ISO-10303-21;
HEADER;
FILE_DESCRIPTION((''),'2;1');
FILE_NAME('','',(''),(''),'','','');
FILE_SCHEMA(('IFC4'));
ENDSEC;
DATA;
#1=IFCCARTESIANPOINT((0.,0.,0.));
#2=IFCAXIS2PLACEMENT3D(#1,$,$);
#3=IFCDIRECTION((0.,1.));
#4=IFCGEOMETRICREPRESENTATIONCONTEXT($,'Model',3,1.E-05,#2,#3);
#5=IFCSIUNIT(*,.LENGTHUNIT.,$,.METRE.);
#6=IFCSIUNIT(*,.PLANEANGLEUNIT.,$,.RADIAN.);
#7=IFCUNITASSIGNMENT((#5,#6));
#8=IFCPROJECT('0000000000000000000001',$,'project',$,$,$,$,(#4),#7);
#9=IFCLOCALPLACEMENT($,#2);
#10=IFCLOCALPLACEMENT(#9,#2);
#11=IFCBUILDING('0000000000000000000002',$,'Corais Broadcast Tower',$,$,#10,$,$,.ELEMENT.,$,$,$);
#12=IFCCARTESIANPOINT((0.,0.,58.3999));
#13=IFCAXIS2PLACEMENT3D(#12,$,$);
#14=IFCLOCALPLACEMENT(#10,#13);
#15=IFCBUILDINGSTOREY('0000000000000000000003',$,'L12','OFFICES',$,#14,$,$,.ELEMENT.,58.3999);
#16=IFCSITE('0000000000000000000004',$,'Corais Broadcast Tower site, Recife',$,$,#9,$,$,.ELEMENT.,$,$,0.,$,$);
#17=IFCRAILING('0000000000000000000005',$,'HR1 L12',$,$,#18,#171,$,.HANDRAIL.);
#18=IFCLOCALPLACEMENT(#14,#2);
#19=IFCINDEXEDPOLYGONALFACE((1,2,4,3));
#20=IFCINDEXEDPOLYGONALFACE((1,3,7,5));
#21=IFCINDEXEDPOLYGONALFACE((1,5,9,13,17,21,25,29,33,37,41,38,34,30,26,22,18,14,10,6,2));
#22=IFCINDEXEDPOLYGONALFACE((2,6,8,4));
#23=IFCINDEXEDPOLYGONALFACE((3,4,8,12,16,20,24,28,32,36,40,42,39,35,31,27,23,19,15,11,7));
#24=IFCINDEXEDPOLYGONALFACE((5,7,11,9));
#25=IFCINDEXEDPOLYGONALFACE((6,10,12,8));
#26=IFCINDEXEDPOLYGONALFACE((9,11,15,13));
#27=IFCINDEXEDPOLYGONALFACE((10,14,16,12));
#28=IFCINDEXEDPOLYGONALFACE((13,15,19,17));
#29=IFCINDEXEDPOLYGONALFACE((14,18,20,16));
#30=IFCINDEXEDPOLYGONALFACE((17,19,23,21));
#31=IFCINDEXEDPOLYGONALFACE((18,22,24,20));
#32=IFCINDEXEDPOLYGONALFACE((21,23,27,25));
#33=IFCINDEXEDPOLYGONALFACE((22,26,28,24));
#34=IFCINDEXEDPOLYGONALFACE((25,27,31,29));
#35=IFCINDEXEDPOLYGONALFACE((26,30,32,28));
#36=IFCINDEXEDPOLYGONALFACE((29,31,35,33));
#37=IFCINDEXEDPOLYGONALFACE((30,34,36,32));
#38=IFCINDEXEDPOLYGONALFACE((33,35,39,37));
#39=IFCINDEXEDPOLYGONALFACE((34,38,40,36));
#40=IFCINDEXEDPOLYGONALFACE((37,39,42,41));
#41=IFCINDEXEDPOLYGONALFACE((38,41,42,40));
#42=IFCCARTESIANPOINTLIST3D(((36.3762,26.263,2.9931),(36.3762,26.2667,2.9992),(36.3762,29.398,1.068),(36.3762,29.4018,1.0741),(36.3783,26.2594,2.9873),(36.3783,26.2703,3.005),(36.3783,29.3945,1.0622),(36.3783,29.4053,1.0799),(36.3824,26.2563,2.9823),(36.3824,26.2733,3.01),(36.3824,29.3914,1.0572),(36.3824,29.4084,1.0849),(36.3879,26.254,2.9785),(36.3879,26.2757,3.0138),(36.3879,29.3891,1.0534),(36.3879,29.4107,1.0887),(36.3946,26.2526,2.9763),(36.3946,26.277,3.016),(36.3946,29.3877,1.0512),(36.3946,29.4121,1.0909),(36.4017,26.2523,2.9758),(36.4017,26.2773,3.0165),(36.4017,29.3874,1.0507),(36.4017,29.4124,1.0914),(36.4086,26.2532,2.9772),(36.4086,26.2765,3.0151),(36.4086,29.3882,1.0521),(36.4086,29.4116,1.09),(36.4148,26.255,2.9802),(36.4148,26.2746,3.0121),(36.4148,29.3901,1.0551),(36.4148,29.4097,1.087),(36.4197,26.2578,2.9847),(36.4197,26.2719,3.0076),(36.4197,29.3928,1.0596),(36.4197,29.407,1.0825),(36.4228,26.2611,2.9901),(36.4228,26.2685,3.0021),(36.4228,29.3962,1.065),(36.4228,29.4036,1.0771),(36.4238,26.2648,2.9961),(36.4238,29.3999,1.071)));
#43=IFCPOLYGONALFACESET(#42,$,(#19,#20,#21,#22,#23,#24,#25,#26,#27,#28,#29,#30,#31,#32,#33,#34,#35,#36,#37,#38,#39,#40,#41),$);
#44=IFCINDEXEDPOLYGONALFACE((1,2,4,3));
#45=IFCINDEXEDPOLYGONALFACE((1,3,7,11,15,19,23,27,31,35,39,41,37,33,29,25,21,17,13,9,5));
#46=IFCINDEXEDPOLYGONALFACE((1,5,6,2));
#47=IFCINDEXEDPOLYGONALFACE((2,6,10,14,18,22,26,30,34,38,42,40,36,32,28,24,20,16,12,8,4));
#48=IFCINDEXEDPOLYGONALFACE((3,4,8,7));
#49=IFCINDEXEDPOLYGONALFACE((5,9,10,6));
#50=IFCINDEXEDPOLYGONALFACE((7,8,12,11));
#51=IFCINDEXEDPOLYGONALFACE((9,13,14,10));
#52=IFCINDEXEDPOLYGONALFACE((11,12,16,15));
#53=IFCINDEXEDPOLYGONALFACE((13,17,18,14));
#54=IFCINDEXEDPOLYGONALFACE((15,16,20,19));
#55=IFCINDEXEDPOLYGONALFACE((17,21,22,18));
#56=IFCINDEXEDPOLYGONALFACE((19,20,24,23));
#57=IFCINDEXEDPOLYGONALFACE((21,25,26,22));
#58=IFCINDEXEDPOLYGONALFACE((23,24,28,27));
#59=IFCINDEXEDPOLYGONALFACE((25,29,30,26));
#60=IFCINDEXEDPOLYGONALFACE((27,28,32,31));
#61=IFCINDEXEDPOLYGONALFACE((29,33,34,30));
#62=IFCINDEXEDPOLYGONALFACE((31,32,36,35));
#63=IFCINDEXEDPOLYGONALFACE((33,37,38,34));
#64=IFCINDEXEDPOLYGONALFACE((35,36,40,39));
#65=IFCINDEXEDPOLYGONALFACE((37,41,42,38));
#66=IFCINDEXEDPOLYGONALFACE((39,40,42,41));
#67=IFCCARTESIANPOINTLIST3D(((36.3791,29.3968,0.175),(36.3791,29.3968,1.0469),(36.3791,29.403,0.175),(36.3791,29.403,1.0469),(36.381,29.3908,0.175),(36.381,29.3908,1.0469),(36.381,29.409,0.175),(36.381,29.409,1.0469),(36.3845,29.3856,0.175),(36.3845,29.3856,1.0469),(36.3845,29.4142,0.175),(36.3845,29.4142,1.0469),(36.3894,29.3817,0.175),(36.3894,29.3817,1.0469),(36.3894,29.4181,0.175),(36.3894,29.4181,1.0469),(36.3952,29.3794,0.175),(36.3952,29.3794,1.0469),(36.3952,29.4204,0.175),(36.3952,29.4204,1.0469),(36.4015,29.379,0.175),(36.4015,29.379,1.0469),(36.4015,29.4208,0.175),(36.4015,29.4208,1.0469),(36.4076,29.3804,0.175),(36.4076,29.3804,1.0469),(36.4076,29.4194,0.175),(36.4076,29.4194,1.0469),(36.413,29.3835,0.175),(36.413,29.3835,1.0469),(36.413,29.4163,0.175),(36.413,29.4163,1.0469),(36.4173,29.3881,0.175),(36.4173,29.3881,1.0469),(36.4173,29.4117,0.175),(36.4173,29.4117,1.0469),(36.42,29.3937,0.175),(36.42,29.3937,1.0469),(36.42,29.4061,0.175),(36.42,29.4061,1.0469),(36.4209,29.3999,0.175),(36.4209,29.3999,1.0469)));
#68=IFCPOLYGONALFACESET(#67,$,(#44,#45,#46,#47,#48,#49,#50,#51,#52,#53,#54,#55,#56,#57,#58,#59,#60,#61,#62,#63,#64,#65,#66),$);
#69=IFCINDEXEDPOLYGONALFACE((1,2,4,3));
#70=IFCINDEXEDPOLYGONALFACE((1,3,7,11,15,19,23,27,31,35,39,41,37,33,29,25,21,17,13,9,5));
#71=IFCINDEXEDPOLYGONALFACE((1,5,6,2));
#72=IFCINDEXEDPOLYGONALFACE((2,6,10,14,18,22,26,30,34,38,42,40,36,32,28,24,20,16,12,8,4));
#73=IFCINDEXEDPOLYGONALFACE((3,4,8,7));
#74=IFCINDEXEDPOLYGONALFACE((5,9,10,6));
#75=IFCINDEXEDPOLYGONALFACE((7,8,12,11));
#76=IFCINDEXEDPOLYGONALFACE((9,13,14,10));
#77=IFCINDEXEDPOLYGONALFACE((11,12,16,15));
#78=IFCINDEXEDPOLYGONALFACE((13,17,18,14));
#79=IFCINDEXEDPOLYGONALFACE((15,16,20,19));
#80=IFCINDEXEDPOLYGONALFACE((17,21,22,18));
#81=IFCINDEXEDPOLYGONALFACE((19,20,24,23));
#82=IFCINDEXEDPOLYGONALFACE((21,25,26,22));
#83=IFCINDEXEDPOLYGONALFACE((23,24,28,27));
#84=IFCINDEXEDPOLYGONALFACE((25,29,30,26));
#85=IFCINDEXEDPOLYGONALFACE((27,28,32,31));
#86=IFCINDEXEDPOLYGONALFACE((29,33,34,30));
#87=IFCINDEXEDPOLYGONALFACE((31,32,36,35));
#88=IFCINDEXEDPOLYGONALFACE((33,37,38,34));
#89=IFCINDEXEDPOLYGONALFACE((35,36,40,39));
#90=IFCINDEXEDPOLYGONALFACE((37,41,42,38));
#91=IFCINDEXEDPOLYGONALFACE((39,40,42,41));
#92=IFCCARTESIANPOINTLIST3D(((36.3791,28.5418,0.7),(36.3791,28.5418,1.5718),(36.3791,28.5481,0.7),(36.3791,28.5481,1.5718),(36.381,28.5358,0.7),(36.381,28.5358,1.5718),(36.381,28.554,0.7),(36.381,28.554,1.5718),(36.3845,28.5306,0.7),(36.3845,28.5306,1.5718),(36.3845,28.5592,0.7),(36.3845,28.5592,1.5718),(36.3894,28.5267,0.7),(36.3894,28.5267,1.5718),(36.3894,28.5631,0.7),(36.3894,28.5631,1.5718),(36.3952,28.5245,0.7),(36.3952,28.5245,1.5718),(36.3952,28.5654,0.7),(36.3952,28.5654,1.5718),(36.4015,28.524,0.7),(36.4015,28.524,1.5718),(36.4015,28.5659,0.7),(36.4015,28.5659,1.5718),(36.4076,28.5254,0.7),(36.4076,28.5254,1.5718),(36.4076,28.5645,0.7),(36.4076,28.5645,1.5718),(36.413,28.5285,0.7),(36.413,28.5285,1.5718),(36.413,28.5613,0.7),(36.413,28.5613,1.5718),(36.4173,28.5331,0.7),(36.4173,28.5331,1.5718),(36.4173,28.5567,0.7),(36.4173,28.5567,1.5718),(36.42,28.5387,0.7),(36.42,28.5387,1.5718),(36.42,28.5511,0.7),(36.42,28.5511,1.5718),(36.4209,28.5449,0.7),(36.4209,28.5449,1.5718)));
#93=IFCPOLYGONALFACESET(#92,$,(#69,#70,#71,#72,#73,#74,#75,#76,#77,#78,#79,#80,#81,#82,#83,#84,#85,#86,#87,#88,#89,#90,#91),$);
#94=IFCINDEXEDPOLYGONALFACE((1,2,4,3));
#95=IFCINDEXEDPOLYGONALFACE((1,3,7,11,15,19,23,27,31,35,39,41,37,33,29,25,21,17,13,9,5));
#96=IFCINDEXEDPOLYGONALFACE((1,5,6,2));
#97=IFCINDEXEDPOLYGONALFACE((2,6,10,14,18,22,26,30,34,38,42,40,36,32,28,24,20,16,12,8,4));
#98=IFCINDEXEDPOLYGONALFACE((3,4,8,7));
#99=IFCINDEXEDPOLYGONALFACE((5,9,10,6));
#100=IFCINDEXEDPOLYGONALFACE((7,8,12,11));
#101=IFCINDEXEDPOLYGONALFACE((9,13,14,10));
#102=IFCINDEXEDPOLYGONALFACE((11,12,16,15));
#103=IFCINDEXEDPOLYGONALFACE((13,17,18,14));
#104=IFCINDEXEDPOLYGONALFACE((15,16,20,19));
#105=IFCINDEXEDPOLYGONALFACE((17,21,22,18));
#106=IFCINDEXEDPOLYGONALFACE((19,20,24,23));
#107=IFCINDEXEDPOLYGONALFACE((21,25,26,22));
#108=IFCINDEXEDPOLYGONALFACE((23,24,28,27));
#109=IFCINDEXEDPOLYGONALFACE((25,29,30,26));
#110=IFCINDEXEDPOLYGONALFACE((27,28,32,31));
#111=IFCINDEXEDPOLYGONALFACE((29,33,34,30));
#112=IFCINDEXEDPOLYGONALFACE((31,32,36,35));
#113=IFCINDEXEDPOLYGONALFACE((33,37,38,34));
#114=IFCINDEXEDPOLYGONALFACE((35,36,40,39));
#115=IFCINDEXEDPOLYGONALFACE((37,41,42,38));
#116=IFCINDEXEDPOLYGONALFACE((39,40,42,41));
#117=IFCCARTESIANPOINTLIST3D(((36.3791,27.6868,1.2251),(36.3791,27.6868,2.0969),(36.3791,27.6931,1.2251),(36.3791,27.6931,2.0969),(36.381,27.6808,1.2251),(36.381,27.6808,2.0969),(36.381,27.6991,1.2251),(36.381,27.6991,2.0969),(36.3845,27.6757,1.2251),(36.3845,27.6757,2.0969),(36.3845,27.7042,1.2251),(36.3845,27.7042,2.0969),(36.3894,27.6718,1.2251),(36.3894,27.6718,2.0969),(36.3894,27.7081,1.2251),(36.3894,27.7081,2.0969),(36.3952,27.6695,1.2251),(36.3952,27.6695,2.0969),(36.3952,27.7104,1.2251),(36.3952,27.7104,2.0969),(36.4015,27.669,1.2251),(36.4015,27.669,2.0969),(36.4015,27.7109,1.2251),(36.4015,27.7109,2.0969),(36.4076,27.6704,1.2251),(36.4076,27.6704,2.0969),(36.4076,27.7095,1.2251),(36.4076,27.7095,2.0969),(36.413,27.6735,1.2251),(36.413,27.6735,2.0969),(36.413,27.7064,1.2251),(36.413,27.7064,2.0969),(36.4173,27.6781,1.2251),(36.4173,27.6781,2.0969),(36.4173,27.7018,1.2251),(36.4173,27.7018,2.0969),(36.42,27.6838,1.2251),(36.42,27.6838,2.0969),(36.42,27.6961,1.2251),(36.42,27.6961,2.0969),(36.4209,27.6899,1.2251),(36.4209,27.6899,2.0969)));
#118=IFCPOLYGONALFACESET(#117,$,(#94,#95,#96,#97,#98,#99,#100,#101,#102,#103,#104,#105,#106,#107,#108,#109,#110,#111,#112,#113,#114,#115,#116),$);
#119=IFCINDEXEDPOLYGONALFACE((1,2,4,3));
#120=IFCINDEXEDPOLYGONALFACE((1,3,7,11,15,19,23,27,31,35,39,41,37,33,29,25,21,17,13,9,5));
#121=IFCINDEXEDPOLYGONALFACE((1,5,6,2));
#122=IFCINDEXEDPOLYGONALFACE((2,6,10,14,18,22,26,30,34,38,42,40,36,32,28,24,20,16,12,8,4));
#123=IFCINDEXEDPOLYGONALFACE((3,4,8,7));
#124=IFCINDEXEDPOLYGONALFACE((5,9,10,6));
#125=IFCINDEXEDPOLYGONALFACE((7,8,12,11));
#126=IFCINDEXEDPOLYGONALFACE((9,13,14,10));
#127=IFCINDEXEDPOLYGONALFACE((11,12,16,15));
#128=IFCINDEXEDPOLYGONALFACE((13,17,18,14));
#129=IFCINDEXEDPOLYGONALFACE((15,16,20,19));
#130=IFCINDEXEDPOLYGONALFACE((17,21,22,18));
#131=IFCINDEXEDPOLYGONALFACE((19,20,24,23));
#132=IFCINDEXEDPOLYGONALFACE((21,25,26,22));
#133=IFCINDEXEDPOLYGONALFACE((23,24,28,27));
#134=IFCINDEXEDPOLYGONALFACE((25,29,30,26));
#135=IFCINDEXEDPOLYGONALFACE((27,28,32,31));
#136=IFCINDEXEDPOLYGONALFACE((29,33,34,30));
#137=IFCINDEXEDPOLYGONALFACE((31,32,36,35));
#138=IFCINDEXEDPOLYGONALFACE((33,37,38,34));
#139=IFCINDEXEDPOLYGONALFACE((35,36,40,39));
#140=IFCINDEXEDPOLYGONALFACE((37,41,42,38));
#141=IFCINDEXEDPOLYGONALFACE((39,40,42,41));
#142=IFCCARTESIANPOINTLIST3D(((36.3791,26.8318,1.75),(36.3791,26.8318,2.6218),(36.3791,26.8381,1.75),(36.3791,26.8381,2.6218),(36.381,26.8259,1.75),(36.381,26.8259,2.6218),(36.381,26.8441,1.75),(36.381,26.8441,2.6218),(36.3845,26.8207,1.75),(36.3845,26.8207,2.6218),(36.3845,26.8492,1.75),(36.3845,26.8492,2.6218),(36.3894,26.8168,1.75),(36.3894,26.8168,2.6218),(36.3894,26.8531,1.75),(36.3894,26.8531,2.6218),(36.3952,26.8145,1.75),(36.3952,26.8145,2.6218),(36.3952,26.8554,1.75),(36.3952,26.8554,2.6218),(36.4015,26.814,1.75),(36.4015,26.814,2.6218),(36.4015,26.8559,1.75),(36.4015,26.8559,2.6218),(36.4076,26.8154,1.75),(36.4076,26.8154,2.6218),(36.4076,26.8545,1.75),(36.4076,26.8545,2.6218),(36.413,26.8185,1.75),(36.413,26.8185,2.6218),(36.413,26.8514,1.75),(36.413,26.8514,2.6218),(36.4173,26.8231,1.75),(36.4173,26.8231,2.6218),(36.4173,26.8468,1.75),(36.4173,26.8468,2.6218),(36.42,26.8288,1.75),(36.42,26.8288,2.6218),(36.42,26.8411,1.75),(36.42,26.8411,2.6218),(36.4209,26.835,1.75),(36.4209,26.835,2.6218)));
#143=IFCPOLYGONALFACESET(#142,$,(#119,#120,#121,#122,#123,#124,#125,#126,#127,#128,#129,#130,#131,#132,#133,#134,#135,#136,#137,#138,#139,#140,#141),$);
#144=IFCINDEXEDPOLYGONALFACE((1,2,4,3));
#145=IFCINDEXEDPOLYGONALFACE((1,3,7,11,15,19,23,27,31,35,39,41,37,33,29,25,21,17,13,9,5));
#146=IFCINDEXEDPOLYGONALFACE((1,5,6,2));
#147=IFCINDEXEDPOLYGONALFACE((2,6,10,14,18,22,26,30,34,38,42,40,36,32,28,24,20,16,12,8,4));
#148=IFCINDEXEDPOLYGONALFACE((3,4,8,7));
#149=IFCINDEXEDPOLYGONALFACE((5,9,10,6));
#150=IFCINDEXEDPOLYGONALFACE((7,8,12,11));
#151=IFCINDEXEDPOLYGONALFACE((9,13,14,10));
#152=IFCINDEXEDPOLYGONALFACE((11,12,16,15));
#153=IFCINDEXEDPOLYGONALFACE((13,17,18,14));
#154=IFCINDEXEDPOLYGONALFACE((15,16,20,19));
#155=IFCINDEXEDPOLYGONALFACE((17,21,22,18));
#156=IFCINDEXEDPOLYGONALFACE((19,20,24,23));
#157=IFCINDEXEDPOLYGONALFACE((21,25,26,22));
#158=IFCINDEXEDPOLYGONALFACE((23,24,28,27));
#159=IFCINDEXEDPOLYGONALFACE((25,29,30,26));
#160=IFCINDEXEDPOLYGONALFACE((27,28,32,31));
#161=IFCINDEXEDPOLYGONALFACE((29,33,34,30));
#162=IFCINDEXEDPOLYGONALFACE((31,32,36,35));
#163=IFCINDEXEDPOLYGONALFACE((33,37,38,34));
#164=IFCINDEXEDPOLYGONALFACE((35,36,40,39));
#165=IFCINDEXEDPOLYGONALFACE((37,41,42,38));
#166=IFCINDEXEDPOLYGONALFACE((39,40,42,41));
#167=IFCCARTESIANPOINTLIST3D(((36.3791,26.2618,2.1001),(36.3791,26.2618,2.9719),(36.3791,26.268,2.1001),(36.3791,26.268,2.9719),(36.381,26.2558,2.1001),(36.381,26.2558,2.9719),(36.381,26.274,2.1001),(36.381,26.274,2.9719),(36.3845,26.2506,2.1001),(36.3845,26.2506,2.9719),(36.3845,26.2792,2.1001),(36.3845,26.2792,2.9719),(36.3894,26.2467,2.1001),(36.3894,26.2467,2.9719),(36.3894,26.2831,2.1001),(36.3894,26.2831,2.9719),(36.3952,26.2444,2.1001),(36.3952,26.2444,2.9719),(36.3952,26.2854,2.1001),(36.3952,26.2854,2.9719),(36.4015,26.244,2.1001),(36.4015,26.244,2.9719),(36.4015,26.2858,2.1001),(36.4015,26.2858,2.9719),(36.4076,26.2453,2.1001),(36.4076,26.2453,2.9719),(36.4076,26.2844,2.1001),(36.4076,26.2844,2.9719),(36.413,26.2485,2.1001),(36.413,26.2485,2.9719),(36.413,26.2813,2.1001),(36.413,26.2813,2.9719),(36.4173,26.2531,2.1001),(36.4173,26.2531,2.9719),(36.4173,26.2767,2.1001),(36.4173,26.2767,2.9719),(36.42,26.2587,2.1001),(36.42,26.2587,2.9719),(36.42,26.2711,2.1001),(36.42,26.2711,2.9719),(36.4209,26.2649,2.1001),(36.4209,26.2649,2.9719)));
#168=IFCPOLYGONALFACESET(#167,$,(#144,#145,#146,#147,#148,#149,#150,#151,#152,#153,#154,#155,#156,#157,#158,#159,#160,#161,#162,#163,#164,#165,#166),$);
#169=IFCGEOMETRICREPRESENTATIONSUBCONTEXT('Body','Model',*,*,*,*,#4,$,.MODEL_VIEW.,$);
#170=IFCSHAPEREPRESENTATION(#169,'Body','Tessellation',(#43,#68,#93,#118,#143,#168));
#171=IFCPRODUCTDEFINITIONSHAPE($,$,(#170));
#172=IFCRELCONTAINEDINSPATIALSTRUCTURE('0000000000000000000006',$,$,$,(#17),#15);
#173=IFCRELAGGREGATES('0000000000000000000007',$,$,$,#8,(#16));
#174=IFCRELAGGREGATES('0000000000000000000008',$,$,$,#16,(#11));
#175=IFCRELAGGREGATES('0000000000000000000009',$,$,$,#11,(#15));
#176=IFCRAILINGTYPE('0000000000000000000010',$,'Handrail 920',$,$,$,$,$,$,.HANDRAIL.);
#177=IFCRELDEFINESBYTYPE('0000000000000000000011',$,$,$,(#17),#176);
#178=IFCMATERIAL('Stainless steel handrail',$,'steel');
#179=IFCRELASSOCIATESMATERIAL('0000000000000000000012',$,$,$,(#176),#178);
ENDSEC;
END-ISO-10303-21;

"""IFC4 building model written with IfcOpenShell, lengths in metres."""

from ifc_helpers import new_model, si_unit, direction, frame, origin, origin_2d, place, context, subcontext, project, spatial, circle, extrude, material, type_object, element, save


model = new_model("IFC4")

# Units and contexts
model_context = context("Model", 3, precision=1e-05, world=origin(), true_north=direction((0.0, 1.0)))
body_context = subcontext(model_context, "Body", "Model", "MODEL_VIEW")
ifc_project = project(units=[si_unit("LENGTHUNIT", "METRE"), si_unit("PLANEANGLEUNIT", "RADIAN")], contexts=[model_context])

# Site, building, storey
site_placement = place(None, origin())
site = spatial("IfcSite", under=ifc_project, at=site_placement, Name="Corais Broadcast Tower site, Recife", CompositionType="ELEMENT", RefElevation=0.0)
building_placement = place(site_placement, origin())
building = spatial("IfcBuilding", under=site, at=building_placement, Name="Corais Broadcast Tower", CompositionType="ELEMENT")
storey_placement = place(building_placement, frame((0.0, 0.0, 58.3999)))
storey = spatial("IfcBuildingStorey", under=building, at=storey_placement, Name="L12", Description="OFFICES", CompositionType="ELEMENT", Elevation=58.3999)

# Railing
ifc_material_1 = material(Name="Stainless steel handrail", Category="steel")
railing_type = type_object("IfcRailingType", Name="Handrail 920", PredefinedType="HANDRAIL", material=ifc_material_1)
for number, where, name in (
    (1, (36.3999, 29.3999, 0.175), "HR1 L12"),
):
    element("IfcRailing", number, at=place(storey_placement, frame(where)), inside=storey, type_object=railing_type, Name=name, PredefinedType="HANDRAIL", context=body_context, shape_type="SweptSolid", body=[
        extrude(circle(Radius=0.0239, at=origin_2d()), frame((0.0, 0.0, 0.896), z_axis=(0.0, -0.852166, 0.523271), x_axis=(1.0, 0.0, 0.0)), (0.0, 0.0, 1.0), 3.679),
        extrude(circle(Radius=0.021, at=origin_2d()), origin(), (0.0, 0.0, 1.0), 0.8718),
        extrude(circle(Radius=0.021, at=origin_2d()), frame((0.0, -0.855, 0.5249)), (0.0, 0.0, 1.0), 0.8718),
        extrude(circle(Radius=0.021, at=origin_2d()), frame((0.0, -1.71, 1.05)), (0.0, 0.0, 1.0), 0.8718),
        extrude(circle(Radius=0.021, at=origin_2d()), frame((0.0, -2.5649, 1.575)), (0.0, 0.0, 1.0), 0.8718),
        extrude(circle(Radius=0.021, at=origin_2d()), frame((0.0, -3.135, 1.925)), (0.0, 0.0, 1.0), 0.8718),
    ])

save(model, "model.ifc")
